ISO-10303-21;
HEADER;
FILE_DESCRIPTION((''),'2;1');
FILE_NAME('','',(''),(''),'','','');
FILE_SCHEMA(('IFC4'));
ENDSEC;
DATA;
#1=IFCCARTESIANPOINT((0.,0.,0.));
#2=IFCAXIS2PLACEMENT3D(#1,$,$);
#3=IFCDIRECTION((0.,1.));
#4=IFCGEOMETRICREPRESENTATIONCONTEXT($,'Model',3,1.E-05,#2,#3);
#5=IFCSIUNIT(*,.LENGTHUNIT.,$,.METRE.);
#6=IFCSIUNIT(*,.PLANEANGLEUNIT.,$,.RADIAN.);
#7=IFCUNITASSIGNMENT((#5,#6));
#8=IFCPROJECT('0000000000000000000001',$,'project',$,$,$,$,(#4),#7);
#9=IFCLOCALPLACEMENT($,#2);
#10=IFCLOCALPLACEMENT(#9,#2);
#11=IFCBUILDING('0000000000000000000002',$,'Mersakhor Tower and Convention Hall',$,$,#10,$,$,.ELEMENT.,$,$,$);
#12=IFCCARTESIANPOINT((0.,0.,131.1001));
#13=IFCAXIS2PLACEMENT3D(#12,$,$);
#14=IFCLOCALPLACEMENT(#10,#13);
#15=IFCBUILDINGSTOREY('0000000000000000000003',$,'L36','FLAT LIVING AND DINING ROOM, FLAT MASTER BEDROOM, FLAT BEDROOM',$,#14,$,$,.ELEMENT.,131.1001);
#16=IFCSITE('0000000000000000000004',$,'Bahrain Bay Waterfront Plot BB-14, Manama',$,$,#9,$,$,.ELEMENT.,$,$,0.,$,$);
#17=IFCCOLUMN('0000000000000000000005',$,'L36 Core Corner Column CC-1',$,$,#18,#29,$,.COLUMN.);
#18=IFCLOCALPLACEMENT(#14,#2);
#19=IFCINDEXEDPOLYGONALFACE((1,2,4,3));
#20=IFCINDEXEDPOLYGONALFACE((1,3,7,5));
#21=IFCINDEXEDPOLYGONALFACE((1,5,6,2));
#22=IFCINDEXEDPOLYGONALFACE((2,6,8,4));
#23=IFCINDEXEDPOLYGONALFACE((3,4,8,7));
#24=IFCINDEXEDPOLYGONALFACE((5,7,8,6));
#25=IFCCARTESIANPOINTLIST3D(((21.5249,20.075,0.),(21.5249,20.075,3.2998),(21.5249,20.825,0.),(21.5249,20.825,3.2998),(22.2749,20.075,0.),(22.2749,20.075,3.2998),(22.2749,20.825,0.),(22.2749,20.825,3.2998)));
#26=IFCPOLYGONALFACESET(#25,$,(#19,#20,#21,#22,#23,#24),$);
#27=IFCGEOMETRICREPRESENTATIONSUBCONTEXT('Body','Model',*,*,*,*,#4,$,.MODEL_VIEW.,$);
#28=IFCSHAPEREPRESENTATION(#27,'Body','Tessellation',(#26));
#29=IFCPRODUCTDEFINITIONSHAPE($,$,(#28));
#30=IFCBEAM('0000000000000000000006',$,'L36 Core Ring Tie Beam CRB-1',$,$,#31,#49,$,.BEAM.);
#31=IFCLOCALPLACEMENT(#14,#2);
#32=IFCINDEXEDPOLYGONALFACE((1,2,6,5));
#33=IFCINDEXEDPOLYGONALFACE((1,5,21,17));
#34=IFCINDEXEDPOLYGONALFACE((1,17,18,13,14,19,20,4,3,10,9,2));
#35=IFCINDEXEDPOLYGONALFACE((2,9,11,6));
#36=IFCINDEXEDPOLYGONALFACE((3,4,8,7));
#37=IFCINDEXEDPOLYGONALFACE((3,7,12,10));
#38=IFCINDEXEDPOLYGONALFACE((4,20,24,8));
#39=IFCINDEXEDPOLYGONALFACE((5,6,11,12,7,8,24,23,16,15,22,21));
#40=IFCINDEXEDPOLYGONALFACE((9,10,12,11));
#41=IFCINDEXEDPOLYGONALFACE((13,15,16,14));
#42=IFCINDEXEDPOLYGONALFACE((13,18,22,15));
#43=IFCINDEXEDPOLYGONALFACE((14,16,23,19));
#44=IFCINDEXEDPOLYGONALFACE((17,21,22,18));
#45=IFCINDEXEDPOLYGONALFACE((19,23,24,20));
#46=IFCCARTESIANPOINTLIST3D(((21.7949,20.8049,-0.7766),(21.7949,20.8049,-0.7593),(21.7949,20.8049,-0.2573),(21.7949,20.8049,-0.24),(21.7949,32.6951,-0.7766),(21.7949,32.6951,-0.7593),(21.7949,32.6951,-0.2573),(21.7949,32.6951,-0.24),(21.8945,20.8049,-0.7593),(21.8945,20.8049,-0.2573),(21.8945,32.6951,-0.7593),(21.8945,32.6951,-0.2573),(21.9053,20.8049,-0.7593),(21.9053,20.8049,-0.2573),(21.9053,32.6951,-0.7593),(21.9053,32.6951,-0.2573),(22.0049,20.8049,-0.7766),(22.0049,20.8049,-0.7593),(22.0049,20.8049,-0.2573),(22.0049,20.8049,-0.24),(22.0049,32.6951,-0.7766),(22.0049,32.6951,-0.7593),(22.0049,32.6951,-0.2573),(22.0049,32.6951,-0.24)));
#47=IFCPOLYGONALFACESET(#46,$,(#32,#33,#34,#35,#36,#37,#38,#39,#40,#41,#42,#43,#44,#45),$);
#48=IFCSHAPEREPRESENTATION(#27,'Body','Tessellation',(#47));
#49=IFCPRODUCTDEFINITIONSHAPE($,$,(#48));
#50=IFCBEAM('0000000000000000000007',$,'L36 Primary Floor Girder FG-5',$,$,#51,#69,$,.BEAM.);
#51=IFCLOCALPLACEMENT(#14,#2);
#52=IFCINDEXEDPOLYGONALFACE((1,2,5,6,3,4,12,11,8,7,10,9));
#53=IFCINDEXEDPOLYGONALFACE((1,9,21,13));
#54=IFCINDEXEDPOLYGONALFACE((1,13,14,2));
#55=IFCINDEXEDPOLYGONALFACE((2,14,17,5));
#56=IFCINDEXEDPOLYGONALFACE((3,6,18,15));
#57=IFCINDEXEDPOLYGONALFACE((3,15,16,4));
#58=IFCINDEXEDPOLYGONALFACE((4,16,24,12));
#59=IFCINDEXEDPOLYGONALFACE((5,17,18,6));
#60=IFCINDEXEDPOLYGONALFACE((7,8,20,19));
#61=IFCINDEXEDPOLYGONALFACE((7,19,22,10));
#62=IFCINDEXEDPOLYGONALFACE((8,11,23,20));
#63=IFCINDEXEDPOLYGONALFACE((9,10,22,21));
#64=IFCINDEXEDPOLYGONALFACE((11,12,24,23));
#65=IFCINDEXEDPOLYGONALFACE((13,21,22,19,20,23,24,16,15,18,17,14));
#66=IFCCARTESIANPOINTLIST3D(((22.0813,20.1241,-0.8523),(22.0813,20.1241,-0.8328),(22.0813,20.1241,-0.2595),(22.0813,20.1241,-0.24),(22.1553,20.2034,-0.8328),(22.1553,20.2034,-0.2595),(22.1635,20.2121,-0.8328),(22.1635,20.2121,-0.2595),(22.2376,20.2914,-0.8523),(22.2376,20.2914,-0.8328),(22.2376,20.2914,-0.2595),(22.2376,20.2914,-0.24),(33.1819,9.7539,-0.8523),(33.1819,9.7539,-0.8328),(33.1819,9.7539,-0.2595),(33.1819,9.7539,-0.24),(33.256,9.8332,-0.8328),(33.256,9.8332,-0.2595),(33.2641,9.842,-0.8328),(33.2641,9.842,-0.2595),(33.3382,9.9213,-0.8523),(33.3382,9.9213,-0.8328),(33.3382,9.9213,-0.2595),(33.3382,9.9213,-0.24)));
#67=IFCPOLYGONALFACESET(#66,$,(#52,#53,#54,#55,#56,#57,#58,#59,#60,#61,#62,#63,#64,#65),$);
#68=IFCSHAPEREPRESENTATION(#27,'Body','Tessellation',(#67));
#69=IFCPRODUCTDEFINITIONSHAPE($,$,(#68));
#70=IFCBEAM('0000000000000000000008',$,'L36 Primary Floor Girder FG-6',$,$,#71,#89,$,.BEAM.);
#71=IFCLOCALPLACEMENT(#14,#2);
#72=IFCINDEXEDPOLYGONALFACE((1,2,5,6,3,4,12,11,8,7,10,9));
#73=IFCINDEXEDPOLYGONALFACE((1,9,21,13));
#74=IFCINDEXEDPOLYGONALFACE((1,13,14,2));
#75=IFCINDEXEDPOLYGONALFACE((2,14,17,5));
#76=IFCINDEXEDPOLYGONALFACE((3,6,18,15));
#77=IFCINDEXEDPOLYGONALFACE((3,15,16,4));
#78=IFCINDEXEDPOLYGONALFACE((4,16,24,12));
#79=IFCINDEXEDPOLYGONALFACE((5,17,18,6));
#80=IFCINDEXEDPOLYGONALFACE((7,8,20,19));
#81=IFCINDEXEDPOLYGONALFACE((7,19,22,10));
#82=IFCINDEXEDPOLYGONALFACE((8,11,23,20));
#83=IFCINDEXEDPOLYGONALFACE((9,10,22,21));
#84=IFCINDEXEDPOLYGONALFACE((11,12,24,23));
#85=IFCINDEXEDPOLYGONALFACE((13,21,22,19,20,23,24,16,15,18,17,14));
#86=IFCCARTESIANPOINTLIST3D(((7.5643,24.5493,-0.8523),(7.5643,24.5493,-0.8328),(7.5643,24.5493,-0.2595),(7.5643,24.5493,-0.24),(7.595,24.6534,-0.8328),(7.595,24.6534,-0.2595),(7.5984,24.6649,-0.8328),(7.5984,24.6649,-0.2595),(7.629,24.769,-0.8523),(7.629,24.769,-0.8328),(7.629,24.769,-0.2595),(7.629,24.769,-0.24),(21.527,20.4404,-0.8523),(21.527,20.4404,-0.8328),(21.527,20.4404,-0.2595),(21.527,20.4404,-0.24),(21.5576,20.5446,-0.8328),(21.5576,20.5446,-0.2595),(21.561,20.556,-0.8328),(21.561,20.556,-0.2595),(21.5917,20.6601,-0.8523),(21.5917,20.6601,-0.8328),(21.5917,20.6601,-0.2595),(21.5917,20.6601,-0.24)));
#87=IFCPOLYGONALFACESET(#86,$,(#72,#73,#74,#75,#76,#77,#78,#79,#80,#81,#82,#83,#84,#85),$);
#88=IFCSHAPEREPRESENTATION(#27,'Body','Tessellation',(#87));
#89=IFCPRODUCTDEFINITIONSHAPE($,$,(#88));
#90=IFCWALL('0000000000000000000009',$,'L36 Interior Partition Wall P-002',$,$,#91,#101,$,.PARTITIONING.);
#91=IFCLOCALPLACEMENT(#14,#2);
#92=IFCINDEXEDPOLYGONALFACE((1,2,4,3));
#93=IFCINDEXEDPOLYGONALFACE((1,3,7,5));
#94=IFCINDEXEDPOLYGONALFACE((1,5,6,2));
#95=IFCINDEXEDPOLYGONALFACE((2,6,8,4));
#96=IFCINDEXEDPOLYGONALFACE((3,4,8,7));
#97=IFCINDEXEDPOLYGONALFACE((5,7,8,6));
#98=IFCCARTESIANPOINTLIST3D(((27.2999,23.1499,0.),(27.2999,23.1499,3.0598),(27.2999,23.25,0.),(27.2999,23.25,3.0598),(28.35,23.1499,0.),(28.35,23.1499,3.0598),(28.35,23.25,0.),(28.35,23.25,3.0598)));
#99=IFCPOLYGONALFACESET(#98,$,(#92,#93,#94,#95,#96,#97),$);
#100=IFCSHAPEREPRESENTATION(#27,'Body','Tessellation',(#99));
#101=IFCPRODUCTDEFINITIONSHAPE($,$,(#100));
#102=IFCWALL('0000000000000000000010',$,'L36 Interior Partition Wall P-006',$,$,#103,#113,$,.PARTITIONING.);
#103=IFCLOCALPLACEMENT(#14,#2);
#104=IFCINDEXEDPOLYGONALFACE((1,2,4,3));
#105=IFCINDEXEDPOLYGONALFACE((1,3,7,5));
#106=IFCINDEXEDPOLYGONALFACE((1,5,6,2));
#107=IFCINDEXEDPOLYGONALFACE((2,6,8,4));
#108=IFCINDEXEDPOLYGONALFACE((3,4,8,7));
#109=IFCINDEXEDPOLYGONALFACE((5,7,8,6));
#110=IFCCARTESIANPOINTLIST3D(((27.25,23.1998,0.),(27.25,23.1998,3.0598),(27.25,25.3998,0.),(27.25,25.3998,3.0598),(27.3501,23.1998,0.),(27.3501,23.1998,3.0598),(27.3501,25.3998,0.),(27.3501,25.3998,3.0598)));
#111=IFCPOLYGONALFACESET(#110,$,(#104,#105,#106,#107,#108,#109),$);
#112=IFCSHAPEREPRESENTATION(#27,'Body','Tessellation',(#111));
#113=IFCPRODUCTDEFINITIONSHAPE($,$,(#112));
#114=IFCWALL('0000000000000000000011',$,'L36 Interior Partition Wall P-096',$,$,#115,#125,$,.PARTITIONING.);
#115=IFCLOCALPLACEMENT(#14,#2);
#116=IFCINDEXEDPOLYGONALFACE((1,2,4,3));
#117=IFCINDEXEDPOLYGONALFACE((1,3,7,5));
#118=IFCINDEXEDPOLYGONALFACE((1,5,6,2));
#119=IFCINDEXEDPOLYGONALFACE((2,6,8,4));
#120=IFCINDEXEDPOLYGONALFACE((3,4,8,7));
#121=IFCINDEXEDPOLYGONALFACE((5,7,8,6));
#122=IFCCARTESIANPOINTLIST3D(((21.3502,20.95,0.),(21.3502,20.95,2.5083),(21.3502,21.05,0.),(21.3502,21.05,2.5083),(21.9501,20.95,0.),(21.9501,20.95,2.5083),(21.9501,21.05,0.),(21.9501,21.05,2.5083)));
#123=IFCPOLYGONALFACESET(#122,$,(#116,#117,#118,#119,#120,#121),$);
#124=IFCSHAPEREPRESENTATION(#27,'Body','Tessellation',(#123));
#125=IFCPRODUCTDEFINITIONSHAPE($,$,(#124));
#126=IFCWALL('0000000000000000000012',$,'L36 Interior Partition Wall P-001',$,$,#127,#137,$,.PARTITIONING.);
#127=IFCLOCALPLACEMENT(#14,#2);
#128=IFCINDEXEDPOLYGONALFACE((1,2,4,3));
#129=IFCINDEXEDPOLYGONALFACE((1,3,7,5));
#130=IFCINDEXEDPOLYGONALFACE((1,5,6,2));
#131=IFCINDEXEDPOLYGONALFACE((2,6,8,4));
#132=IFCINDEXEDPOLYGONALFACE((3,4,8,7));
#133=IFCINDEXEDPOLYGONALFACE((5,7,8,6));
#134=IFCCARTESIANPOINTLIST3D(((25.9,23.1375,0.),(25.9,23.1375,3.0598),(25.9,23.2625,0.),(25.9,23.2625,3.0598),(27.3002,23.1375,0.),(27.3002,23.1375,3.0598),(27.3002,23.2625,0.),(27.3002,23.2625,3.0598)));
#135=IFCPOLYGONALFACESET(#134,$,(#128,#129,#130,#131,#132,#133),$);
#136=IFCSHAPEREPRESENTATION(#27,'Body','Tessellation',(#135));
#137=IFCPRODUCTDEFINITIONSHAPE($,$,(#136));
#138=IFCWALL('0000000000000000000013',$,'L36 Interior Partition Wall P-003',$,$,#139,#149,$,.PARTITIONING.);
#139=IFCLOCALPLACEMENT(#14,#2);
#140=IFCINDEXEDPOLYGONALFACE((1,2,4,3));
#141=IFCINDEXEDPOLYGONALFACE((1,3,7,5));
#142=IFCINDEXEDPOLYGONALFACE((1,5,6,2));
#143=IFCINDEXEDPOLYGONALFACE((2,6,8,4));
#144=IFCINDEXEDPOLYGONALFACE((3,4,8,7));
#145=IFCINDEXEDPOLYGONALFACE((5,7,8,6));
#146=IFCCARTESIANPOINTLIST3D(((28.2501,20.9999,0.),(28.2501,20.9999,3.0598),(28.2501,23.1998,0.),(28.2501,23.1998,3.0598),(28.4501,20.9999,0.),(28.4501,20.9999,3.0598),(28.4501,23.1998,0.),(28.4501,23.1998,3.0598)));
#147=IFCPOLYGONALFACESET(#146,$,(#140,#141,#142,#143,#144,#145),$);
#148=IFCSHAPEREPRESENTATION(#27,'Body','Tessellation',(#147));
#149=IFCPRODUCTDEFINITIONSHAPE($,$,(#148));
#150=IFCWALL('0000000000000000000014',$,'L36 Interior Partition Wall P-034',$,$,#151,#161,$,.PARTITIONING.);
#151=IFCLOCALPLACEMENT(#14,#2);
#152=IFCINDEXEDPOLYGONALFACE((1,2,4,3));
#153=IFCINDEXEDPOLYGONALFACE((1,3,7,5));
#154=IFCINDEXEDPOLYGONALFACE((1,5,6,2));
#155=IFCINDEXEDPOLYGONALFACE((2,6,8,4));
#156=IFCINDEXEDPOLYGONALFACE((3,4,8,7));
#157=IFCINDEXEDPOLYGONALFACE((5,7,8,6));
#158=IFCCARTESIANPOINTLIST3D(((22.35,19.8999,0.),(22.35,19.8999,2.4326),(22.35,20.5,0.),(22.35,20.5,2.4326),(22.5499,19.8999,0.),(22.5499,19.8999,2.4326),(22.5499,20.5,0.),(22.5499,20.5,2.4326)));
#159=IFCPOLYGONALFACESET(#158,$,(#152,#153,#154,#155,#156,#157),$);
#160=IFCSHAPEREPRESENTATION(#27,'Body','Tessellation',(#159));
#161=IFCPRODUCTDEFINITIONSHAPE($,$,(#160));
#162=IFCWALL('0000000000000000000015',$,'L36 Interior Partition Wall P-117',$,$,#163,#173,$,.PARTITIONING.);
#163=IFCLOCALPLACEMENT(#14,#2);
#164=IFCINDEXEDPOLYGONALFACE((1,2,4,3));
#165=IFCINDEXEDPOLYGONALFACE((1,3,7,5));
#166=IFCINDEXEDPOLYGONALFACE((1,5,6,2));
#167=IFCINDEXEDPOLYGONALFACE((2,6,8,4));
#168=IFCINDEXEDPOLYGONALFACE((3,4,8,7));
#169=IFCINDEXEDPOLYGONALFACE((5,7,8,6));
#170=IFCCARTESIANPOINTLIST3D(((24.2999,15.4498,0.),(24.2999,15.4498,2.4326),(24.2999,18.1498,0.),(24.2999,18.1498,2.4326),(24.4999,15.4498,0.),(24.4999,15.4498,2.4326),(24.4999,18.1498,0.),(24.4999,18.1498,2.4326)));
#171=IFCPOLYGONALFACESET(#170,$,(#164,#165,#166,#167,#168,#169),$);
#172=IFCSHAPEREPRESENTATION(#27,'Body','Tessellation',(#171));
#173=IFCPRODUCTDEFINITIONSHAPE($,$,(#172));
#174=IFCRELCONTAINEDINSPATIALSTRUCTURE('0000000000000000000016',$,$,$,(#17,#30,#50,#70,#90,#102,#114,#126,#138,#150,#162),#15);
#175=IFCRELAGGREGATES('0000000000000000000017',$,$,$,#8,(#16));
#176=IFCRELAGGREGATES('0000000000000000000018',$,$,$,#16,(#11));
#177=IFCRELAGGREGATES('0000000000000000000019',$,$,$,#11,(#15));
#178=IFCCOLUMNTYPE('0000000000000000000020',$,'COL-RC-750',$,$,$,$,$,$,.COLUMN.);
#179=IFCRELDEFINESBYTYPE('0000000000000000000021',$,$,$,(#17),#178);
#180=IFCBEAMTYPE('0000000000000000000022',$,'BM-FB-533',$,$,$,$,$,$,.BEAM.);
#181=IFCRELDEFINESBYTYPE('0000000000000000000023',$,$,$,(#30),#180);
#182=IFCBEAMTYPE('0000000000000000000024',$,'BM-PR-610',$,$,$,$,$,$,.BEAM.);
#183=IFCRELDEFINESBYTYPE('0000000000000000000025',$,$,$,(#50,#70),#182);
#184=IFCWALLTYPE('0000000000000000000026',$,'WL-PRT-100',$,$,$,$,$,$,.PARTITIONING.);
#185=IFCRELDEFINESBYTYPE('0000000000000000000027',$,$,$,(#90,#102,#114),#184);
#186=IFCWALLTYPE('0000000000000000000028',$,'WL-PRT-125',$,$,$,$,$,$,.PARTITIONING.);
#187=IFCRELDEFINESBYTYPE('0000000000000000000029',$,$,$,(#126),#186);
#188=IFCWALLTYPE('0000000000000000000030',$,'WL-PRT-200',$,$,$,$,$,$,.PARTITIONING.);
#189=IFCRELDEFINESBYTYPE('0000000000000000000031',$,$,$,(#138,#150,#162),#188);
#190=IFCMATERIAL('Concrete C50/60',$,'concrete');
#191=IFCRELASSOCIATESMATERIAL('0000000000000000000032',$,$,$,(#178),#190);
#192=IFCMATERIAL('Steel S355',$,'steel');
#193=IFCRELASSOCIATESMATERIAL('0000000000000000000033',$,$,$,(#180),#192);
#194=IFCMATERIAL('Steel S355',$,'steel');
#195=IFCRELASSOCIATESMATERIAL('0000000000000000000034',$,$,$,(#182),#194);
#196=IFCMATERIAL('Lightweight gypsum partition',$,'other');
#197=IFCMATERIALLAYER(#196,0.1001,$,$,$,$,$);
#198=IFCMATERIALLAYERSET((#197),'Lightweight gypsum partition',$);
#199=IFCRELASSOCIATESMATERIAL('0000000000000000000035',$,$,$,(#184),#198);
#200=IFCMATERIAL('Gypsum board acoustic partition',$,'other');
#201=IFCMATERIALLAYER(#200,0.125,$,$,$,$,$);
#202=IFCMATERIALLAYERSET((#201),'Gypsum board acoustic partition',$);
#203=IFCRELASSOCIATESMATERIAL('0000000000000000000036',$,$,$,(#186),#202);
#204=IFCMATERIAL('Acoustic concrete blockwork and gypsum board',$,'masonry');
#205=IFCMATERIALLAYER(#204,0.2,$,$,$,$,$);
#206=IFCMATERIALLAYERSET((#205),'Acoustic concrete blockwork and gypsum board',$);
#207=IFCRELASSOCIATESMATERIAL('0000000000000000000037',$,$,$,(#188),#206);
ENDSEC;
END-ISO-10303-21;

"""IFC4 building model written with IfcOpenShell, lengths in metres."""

from ifc_helpers import new_model, si_unit, direction, frame, frame_2d, origin, origin_2d, place, context, subcontext, project, spatial, rectangle, i_section, extrude, material, layer, layer_set, material_profile, profile_set, type_object, element, save


model = new_model("IFC4")

# Units and contexts
model_context = context("Model", 3, precision=1e-05, world=origin(), true_north=direction((0.0, 1.0)))
body_context = subcontext(model_context, "Body", "Model", "MODEL_VIEW")
ifc_project = project(units=[si_unit("LENGTHUNIT", "METRE"), si_unit("PLANEANGLEUNIT", "RADIAN")], contexts=[model_context])

# Site, building, storey
site_placement = place(None, origin())
site = spatial("IfcSite", under=ifc_project, at=site_placement, Name="Bahrain Bay Waterfront Plot BB-14, Manama", CompositionType="ELEMENT", RefElevation=0.0)
building_placement = place(site_placement, origin())
building = spatial("IfcBuilding", under=site, at=building_placement, Name="Mersakhor Tower and Convention Hall", CompositionType="ELEMENT")
storey_placement = place(building_placement, frame((0.0, 0.0, 131.1001)))
storey = spatial("IfcBuildingStorey", under=building, at=storey_placement, Name="L36", Description="FLAT LIVING AND DINING ROOM, FLAT MASTER BEDROOM, FLAT BEDROOM", CompositionType="ELEMENT", Elevation=131.1001)

# Column
ifc_material_1 = material(Name="Concrete C50/60", Category="concrete")
ifc_material_profile_1 = material_profile(ifc_material_1, rectangle(XDim=0.75, YDim=0.75, at=origin_2d()), Name="RC 750x750")
ifc_profile_set_1 = profile_set([ifc_material_profile_1], Name="Concrete C50/60")
column_type = type_object("IfcColumnType", Name="COL-RC-750", PredefinedType="COLUMN", material=ifc_profile_set_1)
column_placement = place(storey_placement, frame((21.8999, 20.45, 0.0), z_axis=(0.0, 0.0, 1.0), x_axis=(1.0, 0.0, 0.0)))
element("IfcColumn", 1, at=column_placement, inside=storey, type_object=column_type, Name="L36 Core Corner Column CC-1", PredefinedType="COLUMN", context=body_context, shape_type="SweptSolid", body=[
    extrude(rectangle(XDim=0.75, YDim=0.75, at=origin_2d()), origin(), (0.0, 0.0, 1.0), 3.2998),
])

# Beams
ifc_material_2 = material(Name="Steel S355", Category="steel")
ifc_material_profile_2 = material_profile(ifc_material_2, i_section(OverallWidth=0.21, OverallDepth=0.5366, WebThickness=0.0107, FlangeThickness=0.0173, at=origin_2d()), Name="UB 533x210x101")
ifc_profile_set_2 = profile_set([ifc_material_profile_2], Name="Steel S355")
beam_type_1 = type_object("IfcBeamType", Name="BM-FB-533", PredefinedType="BEAM", material=ifc_profile_set_2)
beam_1_placement = place(storey_placement, frame((21.8999, 20.8049, -0.5083), z_axis=(0.0, 1.0, 0.0), x_axis=(-1.0, 0.0, 0.0)))
element("IfcBeam", 2, at=beam_1_placement, inside=storey, type_object=beam_type_1, Name="L36 Core Ring Tie Beam CRB-1", PredefinedType="BEAM", context=body_context, shape_type="SweptSolid", body=[
    extrude(i_section(OverallWidth=0.21, OverallDepth=0.5366, WebThickness=0.0107, FlangeThickness=0.0173, at=origin_2d()), origin(), (0.0, 0.0, 1.0), 11.8901),
])
ifc_material_3 = material(Name="Steel S355", Category="steel")
ifc_material_profile_3 = material_profile(ifc_material_3, i_section(OverallWidth=0.229, OverallDepth=0.6123, WebThickness=0.012, FlangeThickness=0.0195, at=origin_2d()), Name="UB 610x229x125")
ifc_profile_set_3 = profile_set([ifc_material_profile_3], Name="Steel S355")
beam_type_2 = type_object("IfcBeamType", Name="BM-PR-610", PredefinedType="BEAM", material=ifc_profile_set_3)
beam_2_placement = place(storey_placement, frame((22.1594, 20.2078, -0.5461), z_axis=(0.730741, -0.682655, 0.0), x_axis=(0.682655, 0.730741, 0.0)))
element("IfcBeam", 3, at=beam_2_placement, inside=storey, type_object=beam_type_2, Name="L36 Primary Floor Girder FG-5", PredefinedType="BEAM", context=body_context, shape_type="SweptSolid", body=[
    extrude(i_section(OverallWidth=0.229, OverallDepth=0.6123, WebThickness=0.012, FlangeThickness=0.0195, at=origin_2d()), origin(), (0.0, 0.0, 1.0), 15.1909),
])
beam_3_placement = place(storey_placement, frame((21.5593, 20.5503, -0.5461), z_axis=(-0.959324, 0.282307, 0.0), x_axis=(-0.282307, -0.959324, 0.0)))
element("IfcBeam", 4, at=beam_3_placement, inside=storey, type_object=beam_type_2, Name="L36 Primary Floor Girder FG-6", PredefinedType="BEAM", context=body_context, shape_type="SweptSolid", body=[
    extrude(i_section(OverallWidth=0.229, OverallDepth=0.6123, WebThickness=0.012, FlangeThickness=0.0195, at=origin_2d()), origin(), (0.0, 0.0, 1.0), 14.5547),
])

# Walls
ifc_material_4 = material(Name="Lightweight gypsum partition", Category="other")
ifc_layer_1 = layer(ifc_material_4, 0.1001)
ifc_layer_set_1 = layer_set([ifc_layer_1], Name="Lightweight gypsum partition")
wall_type_1 = type_object("IfcWallType", Name="WL-PRT-100", PredefinedType="PARTITIONING", material=ifc_layer_set_1)
wall_1_placement = place(storey_placement, frame((27.3, 23.2, 0.0), z_axis=(0.0, 0.0, 1.0), x_axis=(1.0, 0.0, 0.0)))
element("IfcWall", 5, at=wall_1_placement, inside=storey, type_object=wall_type_1, Name="L36 Interior Partition Wall P-002", PredefinedType="PARTITIONING", context=body_context, shape_type="SweptSolid", body=[
    extrude(rectangle(XDim=1.05, YDim=0.1001, at=frame_2d((0.5249, 0.0))), origin(), (0.0, 0.0, 1.0), 3.0598),
])
wall_2_placement = place(storey_placement, frame((27.3, 25.3999, 0.0), z_axis=(0.0, 0.0, 1.0), x_axis=(0.0, -1.0, 0.0)))
element("IfcWall", 6, at=wall_2_placement, inside=storey, type_object=wall_type_1, Name="L36 Interior Partition Wall P-006", PredefinedType="PARTITIONING", context=body_context, shape_type="SweptSolid", body=[
    extrude(rectangle(XDim=2.2, YDim=0.1001, at=frame_2d((1.1001, 0.0))), origin(), (0.0, 0.0, 1.0), 3.0598),
])
wall_3_placement = place(storey_placement, frame((21.95, 21.0, 0.0), z_axis=(0.0, 0.0, 1.0), x_axis=(-1.0, 0.0, 0.0)))
element("IfcWall", 7, at=wall_3_placement, inside=storey, type_object=wall_type_1, Name="L36 Interior Partition Wall P-096", PredefinedType="PARTITIONING", context=body_context, shape_type="SweptSolid", body=[
    extrude(rectangle(XDim=0.5999, YDim=0.1001, at=frame_2d((0.2998, 0.0))), origin(), (0.0, 0.0, 1.0), 2.5083),
])
ifc_material_5 = material(Name="Gypsum board acoustic partition", Category="other")
ifc_layer_2 = layer(ifc_material_5, 0.125)
ifc_layer_set_2 = layer_set([ifc_layer_2], Name="Gypsum board acoustic partition")
wall_type_2 = type_object("IfcWallType", Name="WL-PRT-125", PredefinedType="PARTITIONING", material=ifc_layer_set_2)
wall_4_placement = place(storey_placement, frame((25.8999, 23.2, 0.0), z_axis=(0.0, 0.0, 1.0), x_axis=(1.0, 0.0, 0.0)))
element("IfcWall", 8, at=wall_4_placement, inside=storey, type_object=wall_type_2, Name="L36 Interior Partition Wall P-001", PredefinedType="PARTITIONING", context=body_context, shape_type="SweptSolid", body=[
    extrude(rectangle(XDim=1.4001, YDim=0.125, at=frame_2d((0.7002, 0.0))), origin(), (0.0, 0.0, 1.0), 3.0598),
])

# Shared definitions
ifc_material_6 = material(Name="Acoustic concrete blockwork and gypsum board", Category="masonry")
ifc_layer_3 = layer(ifc_material_6, 0.2)
ifc_layer_set_3 = layer_set([ifc_layer_3], Name="Acoustic concrete blockwork and gypsum board")
wall_type_3 = type_object("IfcWallType", Name="WL-PRT-200", PredefinedType="PARTITIONING", material=ifc_layer_set_3)

# Walls
wall_5_placement = place(storey_placement, frame((28.3501, 23.2, 0.0), z_axis=(0.0, 0.0, 1.0), x_axis=(0.0, -1.0, 0.0)))
element("IfcWall", 9, at=wall_5_placement, inside=storey, type_object=wall_type_3, Name="L36 Interior Partition Wall P-003", PredefinedType="PARTITIONING", context=body_context, shape_type="SweptSolid", body=[
    extrude(rectangle(XDim=2.2, YDim=0.2, at=frame_2d((1.1001, 0.0))), origin(), (0.0, 0.0, 1.0), 3.0598),
])
wall_6_placement = place(storey_placement, frame((22.45, 19.8999, 0.0), z_axis=(0.0, 0.0, 1.0), x_axis=(0.0, 1.0, 0.0)))
element("IfcWall", 10, at=wall_6_placement, inside=storey, type_object=wall_type_3, Name="L36 Interior Partition Wall P-034", PredefinedType="PARTITIONING", context=body_context, shape_type="SweptSolid", body=[
    extrude(rectangle(XDim=0.6001, YDim=0.2, at=frame_2d((0.3, 0.0))), origin(), (0.0, 0.0, 1.0), 2.4326),
])

# Wall
wall_7_placement = place(storey_placement, frame((24.3999, 18.1499, 0.0), z_axis=(0.0, 0.0, 1.0), x_axis=(0.0, -1.0, 0.0)))
element("IfcWall", 11, at=wall_7_placement, inside=storey, type_object=wall_type_3, Name="L36 Interior Partition Wall P-117", PredefinedType="PARTITIONING", context=body_context, shape_type="SweptSolid", body=[
    extrude(rectangle(XDim=2.7, YDim=0.2, at=frame_2d((1.3501, 0.0))), origin(), (0.0, 0.0, 1.0), 2.4326),
])

save(model, "model.ifc")
